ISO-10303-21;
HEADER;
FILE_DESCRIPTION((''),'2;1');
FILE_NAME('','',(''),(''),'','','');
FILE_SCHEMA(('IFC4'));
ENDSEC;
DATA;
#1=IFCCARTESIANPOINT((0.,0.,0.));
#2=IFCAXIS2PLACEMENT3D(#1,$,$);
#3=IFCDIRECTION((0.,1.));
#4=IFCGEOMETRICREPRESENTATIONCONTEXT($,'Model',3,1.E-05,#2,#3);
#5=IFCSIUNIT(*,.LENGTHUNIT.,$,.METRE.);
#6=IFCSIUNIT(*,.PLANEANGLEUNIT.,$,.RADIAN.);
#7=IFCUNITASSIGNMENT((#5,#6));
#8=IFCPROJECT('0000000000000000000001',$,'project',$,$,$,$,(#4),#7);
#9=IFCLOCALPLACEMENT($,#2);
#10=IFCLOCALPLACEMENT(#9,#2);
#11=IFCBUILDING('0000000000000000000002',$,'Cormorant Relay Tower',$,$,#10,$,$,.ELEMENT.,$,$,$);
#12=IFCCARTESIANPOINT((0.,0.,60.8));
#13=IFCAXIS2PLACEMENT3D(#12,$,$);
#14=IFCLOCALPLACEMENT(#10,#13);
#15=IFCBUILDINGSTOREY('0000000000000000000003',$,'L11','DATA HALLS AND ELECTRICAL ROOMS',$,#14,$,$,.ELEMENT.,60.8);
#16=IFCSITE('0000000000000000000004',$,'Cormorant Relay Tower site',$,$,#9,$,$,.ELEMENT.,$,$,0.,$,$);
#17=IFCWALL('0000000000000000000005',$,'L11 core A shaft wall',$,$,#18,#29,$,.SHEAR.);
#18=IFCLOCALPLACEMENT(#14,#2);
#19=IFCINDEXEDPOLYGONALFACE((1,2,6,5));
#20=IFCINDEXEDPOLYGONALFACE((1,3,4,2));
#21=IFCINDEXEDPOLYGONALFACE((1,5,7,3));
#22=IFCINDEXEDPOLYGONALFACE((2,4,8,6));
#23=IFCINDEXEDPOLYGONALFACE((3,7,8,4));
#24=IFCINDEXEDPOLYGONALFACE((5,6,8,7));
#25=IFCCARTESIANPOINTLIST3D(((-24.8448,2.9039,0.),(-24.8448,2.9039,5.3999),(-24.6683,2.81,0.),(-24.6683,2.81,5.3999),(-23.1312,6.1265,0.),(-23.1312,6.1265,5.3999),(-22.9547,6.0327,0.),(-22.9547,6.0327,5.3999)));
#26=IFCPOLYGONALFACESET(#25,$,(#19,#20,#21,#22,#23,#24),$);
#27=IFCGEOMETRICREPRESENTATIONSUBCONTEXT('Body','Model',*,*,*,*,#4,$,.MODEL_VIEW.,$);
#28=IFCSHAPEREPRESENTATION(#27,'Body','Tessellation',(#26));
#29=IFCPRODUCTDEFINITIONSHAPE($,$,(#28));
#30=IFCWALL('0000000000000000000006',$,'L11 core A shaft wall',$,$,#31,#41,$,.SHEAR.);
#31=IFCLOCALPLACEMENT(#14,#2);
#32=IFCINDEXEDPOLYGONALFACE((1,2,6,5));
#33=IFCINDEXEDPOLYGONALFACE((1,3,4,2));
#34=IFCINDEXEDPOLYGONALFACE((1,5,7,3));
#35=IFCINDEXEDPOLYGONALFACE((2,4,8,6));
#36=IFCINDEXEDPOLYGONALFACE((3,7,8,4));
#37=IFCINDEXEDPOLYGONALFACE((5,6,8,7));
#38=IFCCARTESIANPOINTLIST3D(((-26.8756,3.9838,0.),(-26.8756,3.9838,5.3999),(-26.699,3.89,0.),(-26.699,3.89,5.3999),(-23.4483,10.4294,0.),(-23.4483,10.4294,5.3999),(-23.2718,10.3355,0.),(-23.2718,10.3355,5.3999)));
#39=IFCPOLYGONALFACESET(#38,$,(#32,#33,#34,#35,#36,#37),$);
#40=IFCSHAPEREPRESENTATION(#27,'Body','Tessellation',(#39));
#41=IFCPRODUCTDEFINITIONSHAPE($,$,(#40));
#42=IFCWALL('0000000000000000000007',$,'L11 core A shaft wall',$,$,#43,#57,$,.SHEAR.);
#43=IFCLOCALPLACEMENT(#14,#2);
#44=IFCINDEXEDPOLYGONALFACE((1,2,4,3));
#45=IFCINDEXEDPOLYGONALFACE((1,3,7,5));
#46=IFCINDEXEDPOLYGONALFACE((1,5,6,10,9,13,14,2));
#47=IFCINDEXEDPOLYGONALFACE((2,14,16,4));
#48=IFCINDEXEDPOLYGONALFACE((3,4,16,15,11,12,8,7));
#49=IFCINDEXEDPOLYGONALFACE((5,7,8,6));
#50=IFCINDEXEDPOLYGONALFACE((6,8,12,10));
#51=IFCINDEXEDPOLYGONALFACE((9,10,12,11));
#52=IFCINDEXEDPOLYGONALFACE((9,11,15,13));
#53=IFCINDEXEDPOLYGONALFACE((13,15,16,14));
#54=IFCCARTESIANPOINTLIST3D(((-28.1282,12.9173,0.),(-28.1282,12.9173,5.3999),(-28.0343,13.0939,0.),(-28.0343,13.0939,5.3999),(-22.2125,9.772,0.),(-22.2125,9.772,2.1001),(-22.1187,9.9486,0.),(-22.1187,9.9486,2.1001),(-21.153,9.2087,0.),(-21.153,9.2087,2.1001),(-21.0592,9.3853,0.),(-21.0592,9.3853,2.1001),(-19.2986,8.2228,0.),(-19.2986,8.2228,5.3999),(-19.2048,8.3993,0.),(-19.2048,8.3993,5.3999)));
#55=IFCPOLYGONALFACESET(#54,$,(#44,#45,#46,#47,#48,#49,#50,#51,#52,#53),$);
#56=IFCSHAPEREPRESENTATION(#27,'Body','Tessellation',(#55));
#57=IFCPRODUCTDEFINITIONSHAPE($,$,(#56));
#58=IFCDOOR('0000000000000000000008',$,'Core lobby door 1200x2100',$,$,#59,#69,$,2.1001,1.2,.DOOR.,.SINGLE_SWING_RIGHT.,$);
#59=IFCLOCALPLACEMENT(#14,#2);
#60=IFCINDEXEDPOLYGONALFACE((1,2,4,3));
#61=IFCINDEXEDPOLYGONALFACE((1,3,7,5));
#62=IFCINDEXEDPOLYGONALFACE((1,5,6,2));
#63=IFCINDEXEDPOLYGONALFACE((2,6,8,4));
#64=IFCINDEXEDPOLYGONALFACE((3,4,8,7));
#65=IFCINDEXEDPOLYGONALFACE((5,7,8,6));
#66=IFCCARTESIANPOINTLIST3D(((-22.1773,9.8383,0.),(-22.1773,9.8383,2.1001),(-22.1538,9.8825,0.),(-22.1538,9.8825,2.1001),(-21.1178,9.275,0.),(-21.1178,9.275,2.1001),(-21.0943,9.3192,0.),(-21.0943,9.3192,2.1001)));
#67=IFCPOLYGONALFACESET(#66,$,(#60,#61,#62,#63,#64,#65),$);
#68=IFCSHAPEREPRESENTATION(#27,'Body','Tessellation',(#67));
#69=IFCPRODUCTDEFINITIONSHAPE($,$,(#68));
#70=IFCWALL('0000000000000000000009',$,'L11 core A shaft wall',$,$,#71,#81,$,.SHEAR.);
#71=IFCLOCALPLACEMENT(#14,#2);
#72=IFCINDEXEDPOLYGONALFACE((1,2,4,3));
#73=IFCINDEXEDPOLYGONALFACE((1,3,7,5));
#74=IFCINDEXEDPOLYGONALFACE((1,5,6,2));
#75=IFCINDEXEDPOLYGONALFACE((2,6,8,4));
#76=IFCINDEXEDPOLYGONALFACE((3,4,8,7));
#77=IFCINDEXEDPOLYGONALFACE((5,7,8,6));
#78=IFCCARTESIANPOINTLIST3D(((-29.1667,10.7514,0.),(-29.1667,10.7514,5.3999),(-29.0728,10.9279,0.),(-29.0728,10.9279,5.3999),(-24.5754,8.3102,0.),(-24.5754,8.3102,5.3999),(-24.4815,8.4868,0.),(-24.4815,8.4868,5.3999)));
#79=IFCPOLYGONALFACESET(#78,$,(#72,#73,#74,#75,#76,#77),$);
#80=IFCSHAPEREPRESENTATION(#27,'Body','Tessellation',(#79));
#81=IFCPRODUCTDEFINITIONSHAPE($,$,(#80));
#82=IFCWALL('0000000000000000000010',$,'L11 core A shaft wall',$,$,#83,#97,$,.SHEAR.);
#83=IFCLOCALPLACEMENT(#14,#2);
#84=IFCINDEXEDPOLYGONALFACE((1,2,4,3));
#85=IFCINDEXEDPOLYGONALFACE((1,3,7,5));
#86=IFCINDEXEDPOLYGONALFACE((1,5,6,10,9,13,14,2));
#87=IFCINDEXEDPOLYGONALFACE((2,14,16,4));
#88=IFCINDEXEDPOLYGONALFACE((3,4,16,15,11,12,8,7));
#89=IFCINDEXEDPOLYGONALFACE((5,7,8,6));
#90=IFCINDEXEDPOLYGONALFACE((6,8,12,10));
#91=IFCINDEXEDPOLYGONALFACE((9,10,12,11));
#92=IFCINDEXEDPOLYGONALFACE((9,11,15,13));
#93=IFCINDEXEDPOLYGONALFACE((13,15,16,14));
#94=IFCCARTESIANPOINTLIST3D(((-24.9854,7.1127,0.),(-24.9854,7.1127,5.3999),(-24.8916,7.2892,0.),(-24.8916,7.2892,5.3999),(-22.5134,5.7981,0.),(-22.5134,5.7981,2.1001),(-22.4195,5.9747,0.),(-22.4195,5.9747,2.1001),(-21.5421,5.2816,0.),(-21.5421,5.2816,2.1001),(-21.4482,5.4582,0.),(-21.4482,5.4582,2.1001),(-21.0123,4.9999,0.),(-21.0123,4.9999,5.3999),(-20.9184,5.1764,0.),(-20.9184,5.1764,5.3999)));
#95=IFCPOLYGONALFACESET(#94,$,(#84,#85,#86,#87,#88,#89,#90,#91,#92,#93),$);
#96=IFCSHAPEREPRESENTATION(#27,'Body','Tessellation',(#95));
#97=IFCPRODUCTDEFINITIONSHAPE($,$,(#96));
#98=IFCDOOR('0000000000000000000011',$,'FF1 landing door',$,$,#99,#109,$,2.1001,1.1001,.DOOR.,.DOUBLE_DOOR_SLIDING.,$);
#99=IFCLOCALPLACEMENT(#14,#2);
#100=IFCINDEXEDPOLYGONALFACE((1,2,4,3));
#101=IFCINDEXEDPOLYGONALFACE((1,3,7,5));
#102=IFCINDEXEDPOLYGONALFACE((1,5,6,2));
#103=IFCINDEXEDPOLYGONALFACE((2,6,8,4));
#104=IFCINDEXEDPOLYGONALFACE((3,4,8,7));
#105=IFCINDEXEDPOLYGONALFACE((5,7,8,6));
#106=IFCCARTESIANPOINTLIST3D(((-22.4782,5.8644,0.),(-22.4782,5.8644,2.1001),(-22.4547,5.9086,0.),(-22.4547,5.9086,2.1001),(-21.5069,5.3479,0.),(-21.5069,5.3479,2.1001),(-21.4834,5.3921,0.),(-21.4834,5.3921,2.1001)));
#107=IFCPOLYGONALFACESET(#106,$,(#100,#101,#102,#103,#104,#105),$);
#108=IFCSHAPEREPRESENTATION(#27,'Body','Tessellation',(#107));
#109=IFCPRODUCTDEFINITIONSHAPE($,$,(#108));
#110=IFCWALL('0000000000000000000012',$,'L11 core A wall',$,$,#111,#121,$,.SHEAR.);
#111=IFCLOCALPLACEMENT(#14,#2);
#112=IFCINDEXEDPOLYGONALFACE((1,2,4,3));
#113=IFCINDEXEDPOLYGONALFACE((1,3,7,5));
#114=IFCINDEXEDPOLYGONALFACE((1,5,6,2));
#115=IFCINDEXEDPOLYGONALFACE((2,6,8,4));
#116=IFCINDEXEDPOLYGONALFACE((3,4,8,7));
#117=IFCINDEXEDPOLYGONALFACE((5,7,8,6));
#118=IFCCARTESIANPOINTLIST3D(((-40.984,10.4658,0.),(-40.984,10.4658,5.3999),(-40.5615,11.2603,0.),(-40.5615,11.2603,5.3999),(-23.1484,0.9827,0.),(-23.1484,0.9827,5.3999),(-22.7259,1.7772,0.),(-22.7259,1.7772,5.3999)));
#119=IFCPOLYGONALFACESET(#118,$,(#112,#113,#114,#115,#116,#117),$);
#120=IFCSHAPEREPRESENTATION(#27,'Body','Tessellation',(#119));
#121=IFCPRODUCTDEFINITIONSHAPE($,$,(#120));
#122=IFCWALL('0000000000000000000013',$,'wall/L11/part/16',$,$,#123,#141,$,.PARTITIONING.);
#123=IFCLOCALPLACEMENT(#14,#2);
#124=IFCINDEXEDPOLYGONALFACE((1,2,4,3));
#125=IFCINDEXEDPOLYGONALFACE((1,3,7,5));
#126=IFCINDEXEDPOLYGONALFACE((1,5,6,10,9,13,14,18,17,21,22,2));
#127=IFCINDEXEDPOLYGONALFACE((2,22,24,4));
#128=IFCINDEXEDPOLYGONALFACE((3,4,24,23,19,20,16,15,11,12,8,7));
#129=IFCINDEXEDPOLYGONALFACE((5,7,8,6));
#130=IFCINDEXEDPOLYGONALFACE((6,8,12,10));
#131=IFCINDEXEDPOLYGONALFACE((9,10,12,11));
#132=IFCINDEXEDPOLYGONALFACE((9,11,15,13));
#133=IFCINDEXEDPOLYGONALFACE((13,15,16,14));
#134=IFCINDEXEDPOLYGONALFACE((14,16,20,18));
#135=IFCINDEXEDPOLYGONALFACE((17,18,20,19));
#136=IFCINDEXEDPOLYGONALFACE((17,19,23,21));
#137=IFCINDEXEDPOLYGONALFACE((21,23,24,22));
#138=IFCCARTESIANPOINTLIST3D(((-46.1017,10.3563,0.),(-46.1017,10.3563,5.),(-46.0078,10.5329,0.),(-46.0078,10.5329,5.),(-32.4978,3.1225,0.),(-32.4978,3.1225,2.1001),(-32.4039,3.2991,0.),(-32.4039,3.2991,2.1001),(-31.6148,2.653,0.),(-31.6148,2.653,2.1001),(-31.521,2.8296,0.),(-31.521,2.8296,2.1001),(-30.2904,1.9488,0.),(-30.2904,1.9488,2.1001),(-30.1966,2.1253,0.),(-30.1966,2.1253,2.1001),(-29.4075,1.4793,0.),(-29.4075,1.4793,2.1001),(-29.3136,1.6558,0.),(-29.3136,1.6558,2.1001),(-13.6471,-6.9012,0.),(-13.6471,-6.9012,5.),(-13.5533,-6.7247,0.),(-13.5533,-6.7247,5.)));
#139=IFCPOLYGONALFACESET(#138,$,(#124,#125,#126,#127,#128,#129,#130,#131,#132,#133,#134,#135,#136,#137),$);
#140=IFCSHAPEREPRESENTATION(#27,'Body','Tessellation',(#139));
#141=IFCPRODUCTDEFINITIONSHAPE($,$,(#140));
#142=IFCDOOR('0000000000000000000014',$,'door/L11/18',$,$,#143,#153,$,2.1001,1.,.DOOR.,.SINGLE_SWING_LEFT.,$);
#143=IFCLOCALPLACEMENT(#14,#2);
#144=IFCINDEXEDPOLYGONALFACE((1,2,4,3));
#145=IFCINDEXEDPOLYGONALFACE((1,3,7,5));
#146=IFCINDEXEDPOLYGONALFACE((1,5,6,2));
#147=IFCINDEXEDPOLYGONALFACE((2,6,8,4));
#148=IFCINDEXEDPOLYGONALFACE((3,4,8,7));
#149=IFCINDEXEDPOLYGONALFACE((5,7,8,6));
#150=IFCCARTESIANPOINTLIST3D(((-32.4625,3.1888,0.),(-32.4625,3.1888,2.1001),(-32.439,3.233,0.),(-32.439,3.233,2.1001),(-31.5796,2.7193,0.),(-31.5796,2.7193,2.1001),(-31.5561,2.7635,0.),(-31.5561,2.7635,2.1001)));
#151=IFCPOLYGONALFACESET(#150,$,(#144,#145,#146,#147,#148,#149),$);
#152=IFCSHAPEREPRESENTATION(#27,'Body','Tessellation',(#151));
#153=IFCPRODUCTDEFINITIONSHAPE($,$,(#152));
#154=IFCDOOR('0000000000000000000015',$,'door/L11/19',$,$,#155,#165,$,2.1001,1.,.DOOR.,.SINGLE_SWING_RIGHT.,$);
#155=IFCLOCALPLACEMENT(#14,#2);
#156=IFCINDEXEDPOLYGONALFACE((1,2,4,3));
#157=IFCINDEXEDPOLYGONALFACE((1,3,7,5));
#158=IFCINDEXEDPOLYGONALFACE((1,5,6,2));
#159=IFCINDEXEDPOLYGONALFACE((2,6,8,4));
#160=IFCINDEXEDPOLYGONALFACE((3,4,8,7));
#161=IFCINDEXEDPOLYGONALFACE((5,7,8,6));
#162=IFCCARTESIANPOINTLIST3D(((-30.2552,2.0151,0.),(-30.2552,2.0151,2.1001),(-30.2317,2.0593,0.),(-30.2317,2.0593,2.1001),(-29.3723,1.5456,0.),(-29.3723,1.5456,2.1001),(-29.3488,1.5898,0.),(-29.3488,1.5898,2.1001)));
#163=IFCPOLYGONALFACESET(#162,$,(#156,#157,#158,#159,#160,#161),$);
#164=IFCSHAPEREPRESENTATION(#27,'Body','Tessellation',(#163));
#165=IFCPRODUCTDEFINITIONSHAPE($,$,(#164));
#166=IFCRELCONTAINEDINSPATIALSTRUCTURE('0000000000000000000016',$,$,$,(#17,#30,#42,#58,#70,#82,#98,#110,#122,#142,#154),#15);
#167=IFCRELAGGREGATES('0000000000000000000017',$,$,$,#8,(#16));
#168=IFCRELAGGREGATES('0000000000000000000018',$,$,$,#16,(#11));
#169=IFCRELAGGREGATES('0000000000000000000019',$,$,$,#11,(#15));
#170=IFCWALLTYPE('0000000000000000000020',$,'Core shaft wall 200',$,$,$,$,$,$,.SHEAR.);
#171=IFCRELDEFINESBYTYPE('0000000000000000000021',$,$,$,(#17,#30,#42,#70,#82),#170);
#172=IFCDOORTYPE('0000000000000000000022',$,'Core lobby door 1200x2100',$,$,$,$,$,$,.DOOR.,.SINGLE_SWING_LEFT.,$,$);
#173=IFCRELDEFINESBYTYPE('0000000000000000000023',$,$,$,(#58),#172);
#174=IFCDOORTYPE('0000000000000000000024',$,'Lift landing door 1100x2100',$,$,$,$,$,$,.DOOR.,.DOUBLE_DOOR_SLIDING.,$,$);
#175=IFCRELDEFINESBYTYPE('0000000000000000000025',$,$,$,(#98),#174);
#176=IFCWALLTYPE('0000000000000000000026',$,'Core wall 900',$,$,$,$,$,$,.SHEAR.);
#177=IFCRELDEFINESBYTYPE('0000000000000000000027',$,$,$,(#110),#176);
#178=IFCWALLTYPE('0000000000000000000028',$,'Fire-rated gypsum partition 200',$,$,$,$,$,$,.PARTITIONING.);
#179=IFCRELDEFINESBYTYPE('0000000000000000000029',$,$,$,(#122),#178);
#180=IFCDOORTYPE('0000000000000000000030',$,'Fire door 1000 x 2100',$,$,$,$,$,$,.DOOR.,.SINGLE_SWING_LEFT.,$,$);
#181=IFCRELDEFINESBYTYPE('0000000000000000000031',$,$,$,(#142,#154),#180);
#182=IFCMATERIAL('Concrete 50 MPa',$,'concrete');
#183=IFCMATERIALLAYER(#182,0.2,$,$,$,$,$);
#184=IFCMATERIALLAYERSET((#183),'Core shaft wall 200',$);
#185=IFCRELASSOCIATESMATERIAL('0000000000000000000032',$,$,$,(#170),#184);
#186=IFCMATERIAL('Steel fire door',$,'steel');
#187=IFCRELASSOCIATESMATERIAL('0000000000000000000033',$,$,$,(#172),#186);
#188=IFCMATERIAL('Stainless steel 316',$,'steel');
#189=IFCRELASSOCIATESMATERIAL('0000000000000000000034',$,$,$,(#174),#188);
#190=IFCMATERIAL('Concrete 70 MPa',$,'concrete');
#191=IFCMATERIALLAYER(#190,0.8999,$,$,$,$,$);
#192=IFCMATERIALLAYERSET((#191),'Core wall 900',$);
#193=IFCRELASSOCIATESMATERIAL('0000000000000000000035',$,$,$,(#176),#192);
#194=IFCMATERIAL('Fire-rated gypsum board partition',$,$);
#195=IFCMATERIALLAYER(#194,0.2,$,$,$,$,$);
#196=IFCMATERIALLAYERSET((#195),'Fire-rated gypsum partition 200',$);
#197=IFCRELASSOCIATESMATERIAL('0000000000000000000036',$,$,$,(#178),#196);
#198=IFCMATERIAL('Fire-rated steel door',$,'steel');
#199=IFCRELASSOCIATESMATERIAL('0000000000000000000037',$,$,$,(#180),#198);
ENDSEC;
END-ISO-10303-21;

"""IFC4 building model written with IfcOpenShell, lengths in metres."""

from ifc_helpers import new_model, si_unit, direction, frame, frame_2d, origin, place, context, subcontext, project, spatial, rectangle, extrude, material, layer, layer_set, type_object, element, fill, save


model = new_model("IFC4")

# Units and contexts
model_context = context("Model", 3, precision=1e-05, world=origin(), true_north=direction((0.0, 1.0)))
body_context = subcontext(model_context, "Body", "Model", "MODEL_VIEW")
ifc_project = project(units=[si_unit("LENGTHUNIT", "METRE"), si_unit("PLANEANGLEUNIT", "RADIAN")], contexts=[model_context])

# Site, building, storey
site_placement = place(None, origin())
site = spatial("IfcSite", under=ifc_project, at=site_placement, Name="Cormorant Relay Tower site", CompositionType="ELEMENT", RefElevation=0.0)
building_placement = place(site_placement, origin())
building = spatial("IfcBuilding", under=site, at=building_placement, Name="Cormorant Relay Tower", CompositionType="ELEMENT")
storey_placement = place(building_placement, frame((0.0, 0.0, 60.8)))
storey = spatial("IfcBuildingStorey", under=building, at=storey_placement, Name="L11", Description="DATA HALLS AND ELECTRICAL ROOMS", CompositionType="ELEMENT", Elevation=60.8)

# Walls
ifc_material_1 = material(Name="Concrete 50 MPa", Category="concrete")
ifc_layer_1 = layer(ifc_material_1, 0.2)
ifc_layer_set_1 = layer_set([ifc_layer_1], Name="Core shaft wall 200")
wall_type_1 = type_object("IfcWallType", Name="Core shaft wall 200", PredefinedType="SHEAR", material=ifc_layer_set_1)
wall_1_placement = place(storey_placement, frame((-23.043, 6.0796, 0.0), z_axis=(0.0, 0.0, 1.0), x_axis=(-0.469494, -0.882936, 0.0)))
element("IfcWall", 1, at=wall_1_placement, inside=storey, type_object=wall_type_1, Name="L11 core A shaft wall", PredefinedType="SHEAR", context=body_context, shape_type="SweptSolid", body=[
    extrude(rectangle(XDim=3.6499, YDim=0.2, at=frame_2d((1.825, 0.0))), origin(), (0.0, 0.0, 1.0), 5.3999),
])
wall_2_placement = place(storey_placement, frame((-23.3601, 10.3823, 0.0), z_axis=(0.0, 0.0, 1.0), x_axis=(-0.46948, -0.882943, 0.0)))
element("IfcWall", 2, at=wall_2_placement, inside=storey, type_object=wall_type_1, Name="L11 core A shaft wall", PredefinedType="SHEAR", context=body_context, shape_type="SweptSolid", body=[
    extrude(rectangle(XDim=7.3, YDim=0.2, at=frame_2d((3.6499, 0.0))), origin(), (0.0, 0.0, 1.0), 5.3999),
])

# Wall, opening, door
wall_3_placement = place(storey_placement, frame((-19.2517, 8.311, 0.0), z_axis=(0.0, 0.0, 1.0), x_axis=(-0.882956, 0.469456, 0.0)))
wall_3 = element("IfcWall", 3, at=wall_3_placement, inside=storey, type_object=wall_type_1, Name="L11 core A shaft wall", PredefinedType="SHEAR", context=body_context, shape_type="SweptSolid", body=[
    extrude(rectangle(XDim=10.0, YDim=0.2, at=frame_2d((5.0, 0.0))), origin(), (0.0, 0.0, 1.0), 5.3999),
])
opening_1_placement = place(wall_3_placement, frame((2.1001, 0.0, 0.0)))
opening_1 = element("IfcOpeningElement", 4, at=opening_1_placement, cuts=wall_3, PredefinedType="OPENING", context=body_context, shape_type="SweptSolid", body=[
    extrude(rectangle(XDim=1.2, YDim=2.1001, at=frame_2d((0.6001, 1.05))), frame((0.0, 0.1099, 0.0), z_axis=(0.0, -1.0, 0.0), x_axis=(1.0, 0.0, 0.0)), (0.0, 0.0, 1.0), 0.22),
])
ifc_material_2 = material(Name="Steel fire door", Category="steel")
door_type_1 = type_object("IfcDoorType", Name="Core lobby door 1200x2100", OperationType="SINGLE_SWING_LEFT", PredefinedType="DOOR", material=ifc_material_2)
door_1_placement = place(opening_1_placement, origin())
door_1 = element("IfcDoor", 5, at=door_1_placement, inside=storey, type_object=door_type_1, Name="Core lobby door 1200x2100", OperationType="SINGLE_SWING_RIGHT", OverallHeight=2.1001, OverallWidth=1.2, PredefinedType="DOOR", context=body_context, shape_type="SweptSolid", body=[
    extrude(rectangle(XDim=1.2, YDim=2.1001, at=frame_2d((0.6001, 1.05))), frame((0.0, 0.0249, 0.0), z_axis=(0.0, -1.0, 0.0), x_axis=(1.0, 0.0, 0.0)), (0.0, 0.0, 1.0), 0.05),
])
fill(opening_1, door_1)

# Wall
wall_4_placement = place(storey_placement, frame((-24.5283, 8.3984, 0.0), z_axis=(0.0, 0.0, 1.0), x_axis=(-0.882954, 0.46946, 0.0)))
element("IfcWall", 6, at=wall_4_placement, inside=storey, type_object=wall_type_1, Name="L11 core A shaft wall", PredefinedType="SHEAR", context=body_context, shape_type="SweptSolid", body=[
    extrude(rectangle(XDim=5.2, YDim=0.2, at=frame_2d((2.6001, 0.0))), origin(), (0.0, 0.0, 1.0), 5.3999),
])

# Wall, opening, door
wall_5_placement = place(storey_placement, frame((-20.9653, 5.0881, 0.0), z_axis=(0.0, 0.0, 1.0), x_axis=(-0.882926, 0.469512, 0.0)))
wall_5 = element("IfcWall", 7, at=wall_5_placement, inside=storey, type_object=wall_type_1, Name="L11 core A shaft wall", PredefinedType="SHEAR", context=body_context, shape_type="SweptSolid", body=[
    extrude(rectangle(XDim=4.5, YDim=0.2, at=frame_2d((2.25, 0.0))), origin(), (0.0, 0.0, 1.0), 5.3999),
])
opening_2_placement = place(wall_5_placement, frame((0.6001, 0.0, 0.0)))
opening_2 = element("IfcOpeningElement", 8, at=opening_2_placement, cuts=wall_5, PredefinedType="OPENING", context=body_context, shape_type="SweptSolid", body=[
    extrude(rectangle(XDim=1.1001, YDim=2.1001, at=frame_2d((0.55, 1.05))), frame((0.0, 0.1099, 0.0), z_axis=(0.0, -1.0, 0.0), x_axis=(1.0, 0.0, 0.0)), (0.0, 0.0, 1.0), 0.22),
])
ifc_material_3 = material(Name="Stainless steel 316", Category="steel")
door_type_2 = type_object("IfcDoorType", Name="Lift landing door 1100x2100", OperationType="DOUBLE_DOOR_SLIDING", PredefinedType="DOOR", material=ifc_material_3)
door_2_placement = place(opening_2_placement, origin())
door_2 = element("IfcDoor", 9, at=door_2_placement, inside=storey, type_object=door_type_2, Name="FF1 landing door", OperationType="DOUBLE_DOOR_SLIDING", OverallHeight=2.1001, OverallWidth=1.1001, PredefinedType="DOOR", context=body_context, shape_type="SweptSolid", body=[
    extrude(rectangle(XDim=1.1001, YDim=2.1001, at=frame_2d((0.55, 1.05))), frame((0.0, 0.0249, 0.0), z_axis=(0.0, -1.0, 0.0), x_axis=(1.0, 0.0, 0.0)), (0.0, 0.0, 1.0), 0.05),
])
fill(opening_2, door_2)

# Wall
ifc_material_4 = material(Name="Concrete 70 MPa", Category="concrete")
ifc_layer_2 = layer(ifc_material_4, 0.8999)
ifc_layer_set_2 = layer_set([ifc_layer_2], Name="Core wall 900")
wall_type_2 = type_object("IfcWallType", Name="Core wall 900", PredefinedType="SHEAR", material=ifc_layer_set_2)
wall_6_placement = place(storey_placement, frame((-22.937, 1.3799, 0.0), z_axis=(0.0, 0.0, 1.0), x_axis=(-0.882953, 0.469462, 0.0)))
element("IfcWall", 10, at=wall_6_placement, inside=storey, type_object=wall_type_2, Name="L11 core A wall", PredefinedType="SHEAR", context=body_context, shape_type="SweptSolid", body=[
    extrude(rectangle(XDim=20.2, YDim=0.8999, at=frame_2d((10.1001, 0.0))), origin(), (0.0, 0.0, 1.0), 5.3999),
])

# Wall, openings, doors
ifc_material_5 = material(Name="Fire-rated gypsum board partition")
ifc_layer_3 = layer(ifc_material_5, 0.2)
ifc_layer_set_3 = layer_set([ifc_layer_3], Name="Fire-rated gypsum partition 200")
wall_type_3 = type_object("IfcWallType", Name="Fire-rated gypsum partition 200", PredefinedType="PARTITIONING", material=ifc_layer_set_3)
wall_7_placement = place(storey_placement, frame((-13.6001, -6.813, 0.0), z_axis=(0.0, 0.0, 1.0), x_axis=(-0.882935, 0.469496, 0.0)))
wall_7 = element("IfcWall", 11, at=wall_7_placement, inside=storey, type_object=wall_type_3, Name="wall/L11/part/16", PredefinedType="PARTITIONING", context=body_context, shape_type="SweptSolid", body=[
    extrude(rectangle(XDim=36.7576, YDim=0.2, at=frame_2d((18.3789, 0.0))), origin(), (0.0, 0.0, 1.0), 5.0),
])
opening_3_placement = place(wall_7_placement, frame((20.3501, 0.0, 0.0)))
opening_3 = element("IfcOpeningElement", 12, at=opening_3_placement, cuts=wall_7, PredefinedType="OPENING", context=body_context, shape_type="SweptSolid", body=[
    extrude(rectangle(XDim=1.0, YDim=2.1001, at=frame_2d((0.5, 1.05))), frame((0.0, 0.1099, 0.0), z_axis=(0.0, -1.0, 0.0), x_axis=(1.0, 0.0, 0.0)), (0.0, 0.0, 1.0), 0.22),
])
opening_4_placement = place(wall_7_placement, frame((17.8501, 0.0, 0.0)))
opening_4 = element("IfcOpeningElement", 13, at=opening_4_placement, cuts=wall_7, PredefinedType="OPENING", context=body_context, shape_type="SweptSolid", body=[
    extrude(rectangle(XDim=1.0, YDim=2.1001, at=frame_2d((0.5, 1.05))), frame((0.0, 0.1099, 0.0), z_axis=(0.0, -1.0, 0.0), x_axis=(1.0, 0.0, 0.0)), (0.0, 0.0, 1.0), 0.22),
])
ifc_material_6 = material(Name="Fire-rated steel door", Category="steel")
door_type_3 = type_object("IfcDoorType", Name="Fire door 1000 x 2100", OperationType="SINGLE_SWING_LEFT", PredefinedType="DOOR", material=ifc_material_6)
door_3_placement = place(opening_3_placement, origin())
door_3 = element("IfcDoor", 14, at=door_3_placement, inside=storey, type_object=door_type_3, Name="door/L11/18", OperationType="SINGLE_SWING_LEFT", OverallHeight=2.1001, OverallWidth=1.0, PredefinedType="DOOR", context=body_context, shape_type="SweptSolid", body=[
    extrude(rectangle(XDim=1.0, YDim=2.1001, at=frame_2d((0.5, 1.05))), frame((0.0, 0.0249, 0.0), z_axis=(0.0, -1.0, 0.0), x_axis=(1.0, 0.0, 0.0)), (0.0, 0.0, 1.0), 0.05),
])
fill(opening_3, door_3)
door_4_placement = place(opening_4_placement, origin())
door_4 = element("IfcDoor", 15, at=door_4_placement, inside=storey, type_object=door_type_3, Name="door/L11/19", OperationType="SINGLE_SWING_RIGHT", OverallHeight=2.1001, OverallWidth=1.0, PredefinedType="DOOR", context=body_context, shape_type="SweptSolid", body=[
    extrude(rectangle(XDim=1.0, YDim=2.1001, at=frame_2d((0.5, 1.05))), frame((0.0, 0.0249, 0.0), z_axis=(0.0, -1.0, 0.0), x_axis=(1.0, 0.0, 0.0)), (0.0, 0.0, 1.0), 0.05),
])
fill(opening_4, door_4)

save(model, "model.ifc")
